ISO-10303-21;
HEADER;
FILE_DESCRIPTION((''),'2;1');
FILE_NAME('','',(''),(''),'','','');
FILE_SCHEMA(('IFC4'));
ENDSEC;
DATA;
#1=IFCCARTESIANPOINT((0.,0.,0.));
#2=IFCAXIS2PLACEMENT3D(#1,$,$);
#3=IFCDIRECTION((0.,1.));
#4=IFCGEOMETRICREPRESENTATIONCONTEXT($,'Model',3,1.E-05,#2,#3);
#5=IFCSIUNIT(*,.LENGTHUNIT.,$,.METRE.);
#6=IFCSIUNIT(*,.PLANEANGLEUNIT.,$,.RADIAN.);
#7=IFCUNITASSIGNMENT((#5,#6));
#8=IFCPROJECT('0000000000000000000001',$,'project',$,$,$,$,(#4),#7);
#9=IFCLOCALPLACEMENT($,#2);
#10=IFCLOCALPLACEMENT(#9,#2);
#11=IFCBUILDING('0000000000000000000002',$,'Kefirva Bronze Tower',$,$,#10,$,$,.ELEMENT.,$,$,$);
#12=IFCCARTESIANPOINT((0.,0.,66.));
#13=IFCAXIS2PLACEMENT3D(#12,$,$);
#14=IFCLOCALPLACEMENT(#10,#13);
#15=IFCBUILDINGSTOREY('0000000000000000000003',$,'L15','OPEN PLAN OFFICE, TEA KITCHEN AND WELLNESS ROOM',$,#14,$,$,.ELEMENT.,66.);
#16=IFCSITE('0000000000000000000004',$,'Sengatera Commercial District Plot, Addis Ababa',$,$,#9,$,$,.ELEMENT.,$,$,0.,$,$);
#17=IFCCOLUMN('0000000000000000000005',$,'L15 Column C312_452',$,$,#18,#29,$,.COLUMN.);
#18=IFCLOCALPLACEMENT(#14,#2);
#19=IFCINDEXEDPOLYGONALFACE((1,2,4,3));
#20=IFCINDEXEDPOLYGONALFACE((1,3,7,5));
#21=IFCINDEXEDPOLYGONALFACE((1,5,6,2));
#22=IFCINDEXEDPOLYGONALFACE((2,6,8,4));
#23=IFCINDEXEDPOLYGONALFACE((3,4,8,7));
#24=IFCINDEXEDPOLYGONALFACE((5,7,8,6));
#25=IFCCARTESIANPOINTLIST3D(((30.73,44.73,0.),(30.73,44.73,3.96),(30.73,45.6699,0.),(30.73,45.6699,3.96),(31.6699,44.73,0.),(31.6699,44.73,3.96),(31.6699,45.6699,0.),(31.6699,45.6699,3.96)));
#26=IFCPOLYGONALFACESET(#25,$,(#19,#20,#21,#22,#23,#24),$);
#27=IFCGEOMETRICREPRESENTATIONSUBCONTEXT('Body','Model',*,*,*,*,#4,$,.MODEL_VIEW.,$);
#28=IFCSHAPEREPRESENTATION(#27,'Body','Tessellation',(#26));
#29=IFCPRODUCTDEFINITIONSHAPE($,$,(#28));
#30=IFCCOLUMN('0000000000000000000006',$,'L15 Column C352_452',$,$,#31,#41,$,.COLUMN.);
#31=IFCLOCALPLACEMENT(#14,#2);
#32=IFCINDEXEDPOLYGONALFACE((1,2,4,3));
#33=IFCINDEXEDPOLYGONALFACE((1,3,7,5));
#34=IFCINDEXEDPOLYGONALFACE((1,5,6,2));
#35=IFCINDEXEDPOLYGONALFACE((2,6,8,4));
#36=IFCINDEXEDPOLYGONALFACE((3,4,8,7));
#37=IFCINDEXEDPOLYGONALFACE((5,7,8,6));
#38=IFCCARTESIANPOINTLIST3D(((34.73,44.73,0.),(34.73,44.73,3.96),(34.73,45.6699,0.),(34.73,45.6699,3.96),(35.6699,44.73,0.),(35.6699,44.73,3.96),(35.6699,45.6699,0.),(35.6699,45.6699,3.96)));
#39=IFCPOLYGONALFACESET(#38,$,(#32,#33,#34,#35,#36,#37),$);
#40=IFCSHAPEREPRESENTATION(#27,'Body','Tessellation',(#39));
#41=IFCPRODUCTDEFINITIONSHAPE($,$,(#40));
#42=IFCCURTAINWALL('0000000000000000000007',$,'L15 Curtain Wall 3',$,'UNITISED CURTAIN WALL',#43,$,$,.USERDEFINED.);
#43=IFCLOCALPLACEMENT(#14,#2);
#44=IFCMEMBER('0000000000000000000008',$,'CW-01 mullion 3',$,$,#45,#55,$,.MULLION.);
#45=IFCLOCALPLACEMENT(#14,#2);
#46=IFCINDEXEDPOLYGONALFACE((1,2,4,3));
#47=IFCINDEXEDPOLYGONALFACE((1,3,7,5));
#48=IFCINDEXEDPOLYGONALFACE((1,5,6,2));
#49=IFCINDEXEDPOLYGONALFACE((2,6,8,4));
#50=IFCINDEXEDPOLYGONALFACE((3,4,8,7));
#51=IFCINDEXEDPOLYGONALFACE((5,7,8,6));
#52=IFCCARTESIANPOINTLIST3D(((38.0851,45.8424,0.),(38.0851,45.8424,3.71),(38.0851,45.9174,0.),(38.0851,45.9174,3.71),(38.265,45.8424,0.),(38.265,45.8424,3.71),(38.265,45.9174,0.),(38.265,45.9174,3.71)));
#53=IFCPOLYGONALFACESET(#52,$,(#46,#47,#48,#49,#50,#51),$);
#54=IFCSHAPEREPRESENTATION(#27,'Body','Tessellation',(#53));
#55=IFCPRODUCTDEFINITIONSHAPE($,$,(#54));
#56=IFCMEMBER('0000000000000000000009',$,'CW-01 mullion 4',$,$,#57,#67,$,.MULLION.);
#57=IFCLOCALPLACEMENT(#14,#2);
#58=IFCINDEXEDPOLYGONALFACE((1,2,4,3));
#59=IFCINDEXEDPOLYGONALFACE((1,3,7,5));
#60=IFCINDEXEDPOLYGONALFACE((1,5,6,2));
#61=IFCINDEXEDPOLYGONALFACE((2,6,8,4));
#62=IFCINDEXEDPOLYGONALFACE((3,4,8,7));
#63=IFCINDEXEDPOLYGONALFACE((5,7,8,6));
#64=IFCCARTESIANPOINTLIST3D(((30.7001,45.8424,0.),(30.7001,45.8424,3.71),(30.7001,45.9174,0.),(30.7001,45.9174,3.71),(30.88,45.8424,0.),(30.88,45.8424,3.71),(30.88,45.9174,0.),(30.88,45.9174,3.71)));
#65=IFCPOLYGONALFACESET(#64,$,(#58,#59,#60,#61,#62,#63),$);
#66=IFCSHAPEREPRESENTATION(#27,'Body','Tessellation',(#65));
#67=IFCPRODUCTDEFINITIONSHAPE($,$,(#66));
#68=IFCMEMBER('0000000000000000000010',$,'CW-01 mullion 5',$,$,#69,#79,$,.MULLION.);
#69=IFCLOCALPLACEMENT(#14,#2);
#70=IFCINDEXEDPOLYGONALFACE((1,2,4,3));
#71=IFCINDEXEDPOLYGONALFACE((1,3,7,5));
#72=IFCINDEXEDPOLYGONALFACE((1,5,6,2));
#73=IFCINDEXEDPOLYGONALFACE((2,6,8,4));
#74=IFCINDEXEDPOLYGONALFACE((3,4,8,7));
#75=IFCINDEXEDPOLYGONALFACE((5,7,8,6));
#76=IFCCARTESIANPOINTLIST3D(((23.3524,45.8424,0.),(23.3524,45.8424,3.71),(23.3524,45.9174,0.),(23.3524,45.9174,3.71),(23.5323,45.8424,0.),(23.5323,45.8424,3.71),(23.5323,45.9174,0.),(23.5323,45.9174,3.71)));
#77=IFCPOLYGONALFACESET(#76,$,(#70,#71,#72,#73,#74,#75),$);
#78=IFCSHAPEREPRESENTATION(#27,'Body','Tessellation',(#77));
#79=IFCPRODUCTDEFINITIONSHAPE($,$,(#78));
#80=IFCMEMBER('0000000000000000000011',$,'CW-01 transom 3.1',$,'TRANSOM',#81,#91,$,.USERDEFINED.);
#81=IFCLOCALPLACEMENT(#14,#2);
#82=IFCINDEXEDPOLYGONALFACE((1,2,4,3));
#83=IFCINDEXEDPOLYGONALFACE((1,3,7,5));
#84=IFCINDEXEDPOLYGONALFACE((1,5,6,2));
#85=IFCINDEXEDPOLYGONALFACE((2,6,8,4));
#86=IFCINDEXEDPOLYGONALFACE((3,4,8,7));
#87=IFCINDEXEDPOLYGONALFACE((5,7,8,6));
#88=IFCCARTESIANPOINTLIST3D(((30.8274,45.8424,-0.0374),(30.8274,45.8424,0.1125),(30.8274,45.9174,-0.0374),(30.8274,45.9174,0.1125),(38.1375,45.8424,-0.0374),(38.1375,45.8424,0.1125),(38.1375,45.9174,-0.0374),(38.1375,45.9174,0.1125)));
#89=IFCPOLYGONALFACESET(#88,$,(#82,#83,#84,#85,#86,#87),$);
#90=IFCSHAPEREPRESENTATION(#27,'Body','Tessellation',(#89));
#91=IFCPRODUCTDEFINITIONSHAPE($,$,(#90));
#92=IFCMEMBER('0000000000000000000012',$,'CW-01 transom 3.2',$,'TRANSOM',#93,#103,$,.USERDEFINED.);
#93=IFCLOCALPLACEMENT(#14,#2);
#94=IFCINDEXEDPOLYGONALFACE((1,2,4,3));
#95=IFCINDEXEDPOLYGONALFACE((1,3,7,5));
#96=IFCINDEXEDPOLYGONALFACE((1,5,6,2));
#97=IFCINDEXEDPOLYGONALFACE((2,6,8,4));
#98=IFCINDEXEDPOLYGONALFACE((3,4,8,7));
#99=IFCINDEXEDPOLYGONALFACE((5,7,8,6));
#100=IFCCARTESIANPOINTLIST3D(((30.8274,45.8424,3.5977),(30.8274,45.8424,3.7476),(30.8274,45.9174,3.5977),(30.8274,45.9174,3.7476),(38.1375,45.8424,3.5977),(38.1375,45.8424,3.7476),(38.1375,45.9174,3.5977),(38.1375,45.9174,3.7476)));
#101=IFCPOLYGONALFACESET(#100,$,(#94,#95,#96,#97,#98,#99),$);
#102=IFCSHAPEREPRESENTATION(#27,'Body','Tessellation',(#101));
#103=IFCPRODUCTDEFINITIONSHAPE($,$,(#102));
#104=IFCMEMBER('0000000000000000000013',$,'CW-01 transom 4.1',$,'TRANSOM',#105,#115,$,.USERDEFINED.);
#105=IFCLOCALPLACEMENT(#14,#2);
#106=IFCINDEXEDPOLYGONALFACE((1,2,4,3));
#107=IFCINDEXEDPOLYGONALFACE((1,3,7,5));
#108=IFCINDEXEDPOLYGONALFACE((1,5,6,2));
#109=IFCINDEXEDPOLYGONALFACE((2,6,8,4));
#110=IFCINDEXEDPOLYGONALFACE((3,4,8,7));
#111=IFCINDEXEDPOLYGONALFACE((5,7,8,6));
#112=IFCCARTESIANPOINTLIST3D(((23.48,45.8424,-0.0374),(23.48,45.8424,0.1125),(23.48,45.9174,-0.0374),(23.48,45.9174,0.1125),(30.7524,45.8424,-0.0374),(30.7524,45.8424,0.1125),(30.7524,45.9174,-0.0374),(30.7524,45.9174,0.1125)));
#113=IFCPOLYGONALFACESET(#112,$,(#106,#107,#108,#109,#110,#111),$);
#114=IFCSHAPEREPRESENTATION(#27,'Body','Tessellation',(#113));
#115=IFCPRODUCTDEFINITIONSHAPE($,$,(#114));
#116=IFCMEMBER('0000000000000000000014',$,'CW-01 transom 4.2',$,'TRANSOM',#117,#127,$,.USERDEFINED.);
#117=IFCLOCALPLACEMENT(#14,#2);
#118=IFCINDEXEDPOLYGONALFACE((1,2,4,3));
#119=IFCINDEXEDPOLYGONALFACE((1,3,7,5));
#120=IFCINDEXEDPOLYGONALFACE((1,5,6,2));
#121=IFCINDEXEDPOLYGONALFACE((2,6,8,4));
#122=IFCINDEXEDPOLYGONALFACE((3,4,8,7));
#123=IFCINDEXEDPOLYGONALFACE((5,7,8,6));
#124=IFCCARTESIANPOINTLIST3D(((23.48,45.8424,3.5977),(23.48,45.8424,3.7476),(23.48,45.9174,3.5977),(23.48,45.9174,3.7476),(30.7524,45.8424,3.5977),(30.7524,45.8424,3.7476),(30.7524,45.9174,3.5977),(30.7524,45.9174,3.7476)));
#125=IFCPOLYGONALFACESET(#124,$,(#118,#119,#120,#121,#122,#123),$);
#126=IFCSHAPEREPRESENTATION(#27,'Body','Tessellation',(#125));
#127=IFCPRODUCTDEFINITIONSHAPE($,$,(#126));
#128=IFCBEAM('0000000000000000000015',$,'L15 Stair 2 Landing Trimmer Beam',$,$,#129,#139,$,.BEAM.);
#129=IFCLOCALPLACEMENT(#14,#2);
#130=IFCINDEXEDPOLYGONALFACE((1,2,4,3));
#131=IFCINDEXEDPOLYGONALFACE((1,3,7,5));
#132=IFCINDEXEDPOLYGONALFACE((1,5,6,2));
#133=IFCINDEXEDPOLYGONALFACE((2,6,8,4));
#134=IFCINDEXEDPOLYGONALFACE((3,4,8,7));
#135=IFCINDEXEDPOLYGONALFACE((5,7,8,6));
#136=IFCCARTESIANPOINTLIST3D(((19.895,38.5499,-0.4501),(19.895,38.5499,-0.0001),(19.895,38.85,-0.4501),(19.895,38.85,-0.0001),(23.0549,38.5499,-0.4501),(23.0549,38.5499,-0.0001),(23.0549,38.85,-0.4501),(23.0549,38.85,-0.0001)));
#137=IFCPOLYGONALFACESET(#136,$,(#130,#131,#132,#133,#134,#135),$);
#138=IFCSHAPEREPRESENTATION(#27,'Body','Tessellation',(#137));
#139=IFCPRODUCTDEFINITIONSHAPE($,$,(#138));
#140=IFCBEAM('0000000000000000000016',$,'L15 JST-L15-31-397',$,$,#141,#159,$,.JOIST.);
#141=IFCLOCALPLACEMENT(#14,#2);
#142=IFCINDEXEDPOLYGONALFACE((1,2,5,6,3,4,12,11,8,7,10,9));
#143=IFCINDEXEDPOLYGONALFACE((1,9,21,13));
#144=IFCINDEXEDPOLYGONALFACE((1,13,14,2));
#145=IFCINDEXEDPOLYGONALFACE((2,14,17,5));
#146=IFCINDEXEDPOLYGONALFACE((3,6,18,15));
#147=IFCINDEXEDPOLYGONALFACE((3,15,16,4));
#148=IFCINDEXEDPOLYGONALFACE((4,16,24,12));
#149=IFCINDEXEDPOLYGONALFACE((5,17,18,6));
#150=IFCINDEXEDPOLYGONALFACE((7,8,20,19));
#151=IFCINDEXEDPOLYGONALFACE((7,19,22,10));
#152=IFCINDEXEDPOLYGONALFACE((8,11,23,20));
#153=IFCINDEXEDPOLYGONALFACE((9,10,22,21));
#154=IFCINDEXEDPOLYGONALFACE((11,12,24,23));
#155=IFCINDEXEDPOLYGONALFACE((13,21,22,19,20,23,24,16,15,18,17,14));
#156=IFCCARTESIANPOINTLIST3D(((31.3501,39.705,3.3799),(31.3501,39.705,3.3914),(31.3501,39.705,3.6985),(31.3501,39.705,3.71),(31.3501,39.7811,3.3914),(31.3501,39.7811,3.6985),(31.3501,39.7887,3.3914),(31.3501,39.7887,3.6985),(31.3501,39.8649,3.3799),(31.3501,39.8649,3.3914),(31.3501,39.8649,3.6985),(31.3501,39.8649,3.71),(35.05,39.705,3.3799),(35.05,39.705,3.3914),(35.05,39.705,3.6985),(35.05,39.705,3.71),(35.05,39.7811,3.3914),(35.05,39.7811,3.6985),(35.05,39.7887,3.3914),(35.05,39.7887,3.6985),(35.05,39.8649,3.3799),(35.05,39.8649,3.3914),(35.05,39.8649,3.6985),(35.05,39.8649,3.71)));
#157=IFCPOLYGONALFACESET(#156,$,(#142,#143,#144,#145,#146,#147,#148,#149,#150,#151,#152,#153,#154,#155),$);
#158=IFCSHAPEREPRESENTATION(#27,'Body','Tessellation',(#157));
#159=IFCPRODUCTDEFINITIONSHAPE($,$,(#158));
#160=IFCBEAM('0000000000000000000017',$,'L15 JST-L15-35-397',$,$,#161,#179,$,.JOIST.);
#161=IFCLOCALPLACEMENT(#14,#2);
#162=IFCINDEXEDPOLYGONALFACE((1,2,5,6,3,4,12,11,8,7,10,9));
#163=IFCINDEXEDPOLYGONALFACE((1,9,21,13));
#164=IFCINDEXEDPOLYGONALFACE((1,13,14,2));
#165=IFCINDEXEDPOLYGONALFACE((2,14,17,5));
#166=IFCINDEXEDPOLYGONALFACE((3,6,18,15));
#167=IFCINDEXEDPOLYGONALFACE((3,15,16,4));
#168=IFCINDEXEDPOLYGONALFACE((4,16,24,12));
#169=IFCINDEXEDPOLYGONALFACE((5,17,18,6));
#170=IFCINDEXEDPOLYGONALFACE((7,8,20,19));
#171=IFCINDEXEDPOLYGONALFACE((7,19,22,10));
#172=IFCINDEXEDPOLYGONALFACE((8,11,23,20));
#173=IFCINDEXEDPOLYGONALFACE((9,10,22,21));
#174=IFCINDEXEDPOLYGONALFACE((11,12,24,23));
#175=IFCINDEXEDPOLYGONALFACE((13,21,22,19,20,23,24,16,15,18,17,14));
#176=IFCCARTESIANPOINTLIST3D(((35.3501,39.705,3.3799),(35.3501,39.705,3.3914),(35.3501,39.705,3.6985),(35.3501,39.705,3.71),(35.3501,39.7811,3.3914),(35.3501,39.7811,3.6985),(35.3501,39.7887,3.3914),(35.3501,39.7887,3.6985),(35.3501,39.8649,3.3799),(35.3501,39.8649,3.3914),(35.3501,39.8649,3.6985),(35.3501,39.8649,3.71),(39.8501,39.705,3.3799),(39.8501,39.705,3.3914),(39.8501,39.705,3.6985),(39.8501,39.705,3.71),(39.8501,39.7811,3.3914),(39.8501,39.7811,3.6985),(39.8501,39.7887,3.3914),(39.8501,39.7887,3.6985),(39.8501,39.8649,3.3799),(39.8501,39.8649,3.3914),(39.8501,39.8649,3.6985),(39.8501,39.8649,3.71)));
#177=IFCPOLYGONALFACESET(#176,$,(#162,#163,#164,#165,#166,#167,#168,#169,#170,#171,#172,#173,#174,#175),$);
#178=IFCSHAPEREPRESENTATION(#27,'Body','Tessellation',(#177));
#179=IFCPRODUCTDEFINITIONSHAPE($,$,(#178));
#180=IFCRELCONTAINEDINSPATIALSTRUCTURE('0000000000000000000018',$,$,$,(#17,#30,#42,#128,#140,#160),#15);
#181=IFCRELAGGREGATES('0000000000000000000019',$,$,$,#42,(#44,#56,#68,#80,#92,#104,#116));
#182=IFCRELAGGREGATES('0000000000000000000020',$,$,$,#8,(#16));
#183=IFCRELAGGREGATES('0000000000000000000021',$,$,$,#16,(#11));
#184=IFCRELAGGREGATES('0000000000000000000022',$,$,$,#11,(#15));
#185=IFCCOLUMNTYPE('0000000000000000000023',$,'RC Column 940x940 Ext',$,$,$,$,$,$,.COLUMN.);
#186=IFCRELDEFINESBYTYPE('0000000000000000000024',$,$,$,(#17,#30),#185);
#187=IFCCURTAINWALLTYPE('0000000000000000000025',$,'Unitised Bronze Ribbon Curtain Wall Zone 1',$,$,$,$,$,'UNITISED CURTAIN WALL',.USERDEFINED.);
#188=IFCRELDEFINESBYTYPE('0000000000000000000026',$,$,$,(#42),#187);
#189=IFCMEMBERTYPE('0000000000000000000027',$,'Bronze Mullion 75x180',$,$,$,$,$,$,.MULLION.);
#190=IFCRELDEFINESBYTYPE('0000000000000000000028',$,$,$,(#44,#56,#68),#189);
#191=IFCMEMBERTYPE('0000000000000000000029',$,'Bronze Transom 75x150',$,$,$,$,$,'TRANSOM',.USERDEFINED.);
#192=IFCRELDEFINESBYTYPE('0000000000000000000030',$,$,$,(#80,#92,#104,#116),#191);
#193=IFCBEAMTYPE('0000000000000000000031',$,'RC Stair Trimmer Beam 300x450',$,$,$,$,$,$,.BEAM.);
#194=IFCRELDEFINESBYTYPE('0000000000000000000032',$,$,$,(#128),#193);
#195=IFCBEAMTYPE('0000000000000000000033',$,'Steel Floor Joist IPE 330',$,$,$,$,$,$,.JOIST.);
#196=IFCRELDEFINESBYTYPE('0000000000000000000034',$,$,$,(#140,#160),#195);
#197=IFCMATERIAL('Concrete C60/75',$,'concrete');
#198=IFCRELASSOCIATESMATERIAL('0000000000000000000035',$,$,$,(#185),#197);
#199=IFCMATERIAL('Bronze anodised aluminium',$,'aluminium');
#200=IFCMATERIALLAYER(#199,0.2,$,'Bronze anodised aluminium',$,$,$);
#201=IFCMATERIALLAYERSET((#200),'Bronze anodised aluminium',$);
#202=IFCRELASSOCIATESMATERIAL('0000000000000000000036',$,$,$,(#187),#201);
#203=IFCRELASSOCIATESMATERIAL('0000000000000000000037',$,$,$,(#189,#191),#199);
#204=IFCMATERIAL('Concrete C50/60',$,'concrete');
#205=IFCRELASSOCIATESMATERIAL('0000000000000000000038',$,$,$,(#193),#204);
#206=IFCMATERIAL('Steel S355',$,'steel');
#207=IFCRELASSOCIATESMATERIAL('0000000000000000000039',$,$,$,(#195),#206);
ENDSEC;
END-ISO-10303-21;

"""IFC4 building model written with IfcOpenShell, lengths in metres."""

from ifc_helpers import new_model, si_unit, direction, frame, origin, origin_2d, place, context, subcontext, project, spatial, rectangle, i_section, extrude, material, layer, layer_set, material_profile, profile_set, type_object, element, aggregate, save


model = new_model("IFC4")

# Units and contexts
model_context = context("Model", 3, precision=1e-05, world=origin(), true_north=direction((0.0, 1.0)))
body_context = subcontext(model_context, "Body", "Model", "MODEL_VIEW")
ifc_project = project(units=[si_unit("LENGTHUNIT", "METRE"), si_unit("PLANEANGLEUNIT", "RADIAN")], contexts=[model_context])

# Site, building, storey
site_placement = place(None, origin())
site = spatial("IfcSite", under=ifc_project, at=site_placement, Name="Sengatera Commercial District Plot, Addis Ababa", CompositionType="ELEMENT", RefElevation=0.0)
building_placement = place(site_placement, origin())
building = spatial("IfcBuilding", under=site, at=building_placement, Name="Kefirva Bronze Tower", CompositionType="ELEMENT")
storey_placement = place(building_placement, frame((0.0, 0.0, 66.0)))
storey = spatial("IfcBuildingStorey", under=building, at=storey_placement, Name="L15", Description="OPEN PLAN OFFICE, TEA KITCHEN AND WELLNESS ROOM", CompositionType="ELEMENT", Elevation=66.0)

# Columns
ifc_material_1 = material(Name="Concrete C60/75", Category="concrete")
ifc_material_profile_1 = material_profile(ifc_material_1, rectangle(XDim=0.9399, YDim=0.9399, at=origin_2d()), Name="RC 940x940")
ifc_profile_set_1 = profile_set([ifc_material_profile_1], Name="Concrete C60/75")
column_type = type_object("IfcColumnType", Name="RC Column 940x940 Ext", PredefinedType="COLUMN", material=ifc_profile_set_1)
for number, where, z_axis, x_axis, name in (
    (1, (31.2, 45.2, 0.0), (0.0, 0.0, 1.0), (1.0, 0.0, 0.0), "L15 Column C312_452"),
    (2, (35.2, 45.2, 0.0), (0.0, 0.0, 1.0), (1.0, 0.0, 0.0), "L15 Column C352_452"),
):
    element("IfcColumn", number, at=place(storey_placement, frame(where, z_axis=z_axis, x_axis=x_axis)), inside=storey, type_object=column_type, Name=name, PredefinedType="COLUMN", context=body_context, shape_type="SweptSolid", body=[
        extrude(rectangle(XDim=0.9399, YDim=0.9399, at=origin_2d()), origin(), (0.0, 0.0, 1.0), 3.96),
    ])

# Curtain wall, members
ifc_material_2 = material(Name="Bronze anodised aluminium", Category="aluminium")
ifc_layer_1 = layer(ifc_material_2, 0.2, Name="Bronze anodised aluminium")
ifc_layer_set_1 = layer_set([ifc_layer_1], Name="Bronze anodised aluminium")
curtain_wall_type = type_object("IfcCurtainWallType", Name="Unitised Bronze Ribbon Curtain Wall Zone 1", ElementType="UNITISED CURTAIN WALL", PredefinedType="USERDEFINED", material=ifc_layer_set_1)
curtain_wall_placement = place(storey_placement, origin())
curtain_wall = element("IfcCurtainWall", 3, at=curtain_wall_placement, inside=storey, type_object=curtain_wall_type, Name="L15 Curtain Wall 3", ObjectType="UNITISED CURTAIN WALL", PredefinedType="USERDEFINED")
ifc_material_profile_2 = material_profile(ifc_material_2, rectangle(XDim=0.075, YDim=0.1799, at=origin_2d()), Name="ALU 75x180")
ifc_profile_set_2 = profile_set([ifc_material_profile_2], Name="Bronze anodised aluminium")
member_type_1 = type_object("IfcMemberType", Name="Bronze Mullion 75x180", PredefinedType="MULLION", material=ifc_profile_set_2)
member_1_placement = place(storey_placement, frame((38.175, 45.8799, 0.0), z_axis=(0.0, 0.0, 1.0), x_axis=(0.0, -1.0, 0.0)))
member_1 = element("IfcMember", 4, at=member_1_placement, type_object=member_type_1, Name="CW-01 mullion 3", PredefinedType="MULLION", context=body_context, shape_type="SweptSolid", body=[
    extrude(rectangle(XDim=0.075, YDim=0.1799, at=origin_2d()), origin(), (0.0, 0.0, 1.0), 3.71),
])
member_2_placement = place(storey_placement, frame((30.79, 45.8799, 0.0), z_axis=(0.0, 0.0, 1.0), x_axis=(0.0, -1.0, 0.0)))
member_2 = element("IfcMember", 5, at=member_2_placement, type_object=member_type_1, Name="CW-01 mullion 4", PredefinedType="MULLION", context=body_context, shape_type="SweptSolid", body=[
    extrude(rectangle(XDim=0.075, YDim=0.1799, at=origin_2d()), origin(), (0.0, 0.0, 1.0), 3.71),
])
member_3_placement = place(storey_placement, frame((23.4424, 45.8799, 0.0), z_axis=(0.0, 0.0, 1.0), x_axis=(0.0, -1.0, 0.0)))
member_3 = element("IfcMember", 6, at=member_3_placement, type_object=member_type_1, Name="CW-01 mullion 5", PredefinedType="MULLION", context=body_context, shape_type="SweptSolid", body=[
    extrude(rectangle(XDim=0.075, YDim=0.1799, at=origin_2d()), origin(), (0.0, 0.0, 1.0), 3.71),
])
ifc_material_profile_3 = material_profile(ifc_material_2, rectangle(XDim=0.075, YDim=0.1499, at=origin_2d()), Name="ALU 75x150")
ifc_profile_set_3 = profile_set([ifc_material_profile_3], Name="Bronze anodised aluminium")
member_type_2 = type_object("IfcMemberType", Name="Bronze Transom 75x150", ElementType="TRANSOM", PredefinedType="USERDEFINED", material=ifc_profile_set_3)
member_4_placement = place(storey_placement, frame((38.1375, 45.8799, 0.0376), z_axis=(-1.0, 0.0, 0.0), x_axis=(0.0, -1.0, 0.0)))
member_4 = element("IfcMember", 7, at=member_4_placement, type_object=member_type_2, Name="CW-01 transom 3.1", ObjectType="TRANSOM", PredefinedType="USERDEFINED", context=body_context, shape_type="SweptSolid", body=[
    extrude(rectangle(XDim=0.075, YDim=0.1499, at=origin_2d()), origin(), (0.0, 0.0, 1.0), 7.3101),
])
member_5_placement = place(storey_placement, frame((38.1375, 45.8799, 3.6726), z_axis=(-1.0, 0.0, 0.0), x_axis=(0.0, -1.0, 0.0)))
member_5 = element("IfcMember", 8, at=member_5_placement, type_object=member_type_2, Name="CW-01 transom 3.2", ObjectType="TRANSOM", PredefinedType="USERDEFINED", context=body_context, shape_type="SweptSolid", body=[
    extrude(rectangle(XDim=0.075, YDim=0.1499, at=origin_2d()), origin(), (0.0, 0.0, 1.0), 7.3101),
])
member_6_placement = place(storey_placement, frame((30.7524, 45.8799, 0.0376), z_axis=(-1.0, 0.0, 0.0), x_axis=(0.0, -1.0, 0.0)))
member_6 = element("IfcMember", 9, at=member_6_placement, type_object=member_type_2, Name="CW-01 transom 4.1", ObjectType="TRANSOM", PredefinedType="USERDEFINED", context=body_context, shape_type="SweptSolid", body=[
    extrude(rectangle(XDim=0.075, YDim=0.1499, at=origin_2d()), origin(), (0.0, 0.0, 1.0), 7.2725),
])
member_7_placement = place(storey_placement, frame((30.7524, 45.8799, 3.6726), z_axis=(-1.0, 0.0, 0.0), x_axis=(0.0, -1.0, 0.0)))
member_7 = element("IfcMember", 10, at=member_7_placement, type_object=member_type_2, Name="CW-01 transom 4.2", ObjectType="TRANSOM", PredefinedType="USERDEFINED", context=body_context, shape_type="SweptSolid", body=[
    extrude(rectangle(XDim=0.075, YDim=0.1499, at=origin_2d()), origin(), (0.0, 0.0, 1.0), 7.2725),
])

# Beams
ifc_material_3 = material(Name="Concrete C50/60", Category="concrete")
ifc_material_profile_4 = material_profile(ifc_material_3, rectangle(XDim=0.3, YDim=0.45, at=origin_2d()), Name="RC 300x450")
ifc_profile_set_4 = profile_set([ifc_material_profile_4], Name="Concrete C50/60")
beam_type_1 = type_object("IfcBeamType", Name="RC Stair Trimmer Beam 300x450", PredefinedType="BEAM", material=ifc_profile_set_4)
beam_1_placement = place(storey_placement, frame((19.895, 38.7, -0.2251), z_axis=(1.0, 0.0, 0.0), x_axis=(0.0, 1.0, 0.0)))
element("IfcBeam", 11, at=beam_1_placement, inside=storey, type_object=beam_type_1, Name="L15 Stair 2 Landing Trimmer Beam", PredefinedType="BEAM", context=body_context, shape_type="SweptSolid", body=[
    extrude(rectangle(XDim=0.3, YDim=0.45, at=origin_2d()), origin(), (0.0, 0.0, 1.0), 3.1599),
])
ifc_material_4 = material(Name="Steel S355", Category="steel")
ifc_material_profile_5 = material_profile(ifc_material_4, i_section(OverallWidth=0.1599, OverallDepth=0.3301, WebThickness=0.0076, FlangeThickness=0.0115, at=origin_2d()), Name="IPE 330")
ifc_profile_set_5 = profile_set([ifc_material_profile_5], Name="Steel S355")
beam_type_2 = type_object("IfcBeamType", Name="Steel Floor Joist IPE 330", PredefinedType="JOIST", material=ifc_profile_set_5)
beam_2_placement = place(storey_placement, frame((31.3501, 39.7849, 3.5449), z_axis=(1.0, 0.0, 0.0), x_axis=(0.0, 1.0, 0.0)))
element("IfcBeam", 12, at=beam_2_placement, inside=storey, type_object=beam_type_2, Name="L15 JST-L15-31-397", PredefinedType="JOIST", context=body_context, shape_type="SweptSolid", body=[
    extrude(i_section(OverallWidth=0.1599, OverallDepth=0.3301, WebThickness=0.0076, FlangeThickness=0.0115, at=origin_2d()), origin(), (0.0, 0.0, 1.0), 3.7),
])
beam_3_placement = place(storey_placement, frame((35.3501, 39.7849, 3.5449), z_axis=(1.0, 0.0, 0.0), x_axis=(0.0, 1.0, 0.0)))
element("IfcBeam", 13, at=beam_3_placement, inside=storey, type_object=beam_type_2, Name="L15 JST-L15-35-397", PredefinedType="JOIST", context=body_context, shape_type="SweptSolid", body=[
    extrude(i_section(OverallWidth=0.1599, OverallDepth=0.3301, WebThickness=0.0076, FlangeThickness=0.0115, at=origin_2d()), origin(), (0.0, 0.0, 1.0), 4.5),
])

aggregate(curtain_wall, [member_1, member_2, member_3, member_4, member_5, member_6, member_7])

save(model, "model.ifc")
